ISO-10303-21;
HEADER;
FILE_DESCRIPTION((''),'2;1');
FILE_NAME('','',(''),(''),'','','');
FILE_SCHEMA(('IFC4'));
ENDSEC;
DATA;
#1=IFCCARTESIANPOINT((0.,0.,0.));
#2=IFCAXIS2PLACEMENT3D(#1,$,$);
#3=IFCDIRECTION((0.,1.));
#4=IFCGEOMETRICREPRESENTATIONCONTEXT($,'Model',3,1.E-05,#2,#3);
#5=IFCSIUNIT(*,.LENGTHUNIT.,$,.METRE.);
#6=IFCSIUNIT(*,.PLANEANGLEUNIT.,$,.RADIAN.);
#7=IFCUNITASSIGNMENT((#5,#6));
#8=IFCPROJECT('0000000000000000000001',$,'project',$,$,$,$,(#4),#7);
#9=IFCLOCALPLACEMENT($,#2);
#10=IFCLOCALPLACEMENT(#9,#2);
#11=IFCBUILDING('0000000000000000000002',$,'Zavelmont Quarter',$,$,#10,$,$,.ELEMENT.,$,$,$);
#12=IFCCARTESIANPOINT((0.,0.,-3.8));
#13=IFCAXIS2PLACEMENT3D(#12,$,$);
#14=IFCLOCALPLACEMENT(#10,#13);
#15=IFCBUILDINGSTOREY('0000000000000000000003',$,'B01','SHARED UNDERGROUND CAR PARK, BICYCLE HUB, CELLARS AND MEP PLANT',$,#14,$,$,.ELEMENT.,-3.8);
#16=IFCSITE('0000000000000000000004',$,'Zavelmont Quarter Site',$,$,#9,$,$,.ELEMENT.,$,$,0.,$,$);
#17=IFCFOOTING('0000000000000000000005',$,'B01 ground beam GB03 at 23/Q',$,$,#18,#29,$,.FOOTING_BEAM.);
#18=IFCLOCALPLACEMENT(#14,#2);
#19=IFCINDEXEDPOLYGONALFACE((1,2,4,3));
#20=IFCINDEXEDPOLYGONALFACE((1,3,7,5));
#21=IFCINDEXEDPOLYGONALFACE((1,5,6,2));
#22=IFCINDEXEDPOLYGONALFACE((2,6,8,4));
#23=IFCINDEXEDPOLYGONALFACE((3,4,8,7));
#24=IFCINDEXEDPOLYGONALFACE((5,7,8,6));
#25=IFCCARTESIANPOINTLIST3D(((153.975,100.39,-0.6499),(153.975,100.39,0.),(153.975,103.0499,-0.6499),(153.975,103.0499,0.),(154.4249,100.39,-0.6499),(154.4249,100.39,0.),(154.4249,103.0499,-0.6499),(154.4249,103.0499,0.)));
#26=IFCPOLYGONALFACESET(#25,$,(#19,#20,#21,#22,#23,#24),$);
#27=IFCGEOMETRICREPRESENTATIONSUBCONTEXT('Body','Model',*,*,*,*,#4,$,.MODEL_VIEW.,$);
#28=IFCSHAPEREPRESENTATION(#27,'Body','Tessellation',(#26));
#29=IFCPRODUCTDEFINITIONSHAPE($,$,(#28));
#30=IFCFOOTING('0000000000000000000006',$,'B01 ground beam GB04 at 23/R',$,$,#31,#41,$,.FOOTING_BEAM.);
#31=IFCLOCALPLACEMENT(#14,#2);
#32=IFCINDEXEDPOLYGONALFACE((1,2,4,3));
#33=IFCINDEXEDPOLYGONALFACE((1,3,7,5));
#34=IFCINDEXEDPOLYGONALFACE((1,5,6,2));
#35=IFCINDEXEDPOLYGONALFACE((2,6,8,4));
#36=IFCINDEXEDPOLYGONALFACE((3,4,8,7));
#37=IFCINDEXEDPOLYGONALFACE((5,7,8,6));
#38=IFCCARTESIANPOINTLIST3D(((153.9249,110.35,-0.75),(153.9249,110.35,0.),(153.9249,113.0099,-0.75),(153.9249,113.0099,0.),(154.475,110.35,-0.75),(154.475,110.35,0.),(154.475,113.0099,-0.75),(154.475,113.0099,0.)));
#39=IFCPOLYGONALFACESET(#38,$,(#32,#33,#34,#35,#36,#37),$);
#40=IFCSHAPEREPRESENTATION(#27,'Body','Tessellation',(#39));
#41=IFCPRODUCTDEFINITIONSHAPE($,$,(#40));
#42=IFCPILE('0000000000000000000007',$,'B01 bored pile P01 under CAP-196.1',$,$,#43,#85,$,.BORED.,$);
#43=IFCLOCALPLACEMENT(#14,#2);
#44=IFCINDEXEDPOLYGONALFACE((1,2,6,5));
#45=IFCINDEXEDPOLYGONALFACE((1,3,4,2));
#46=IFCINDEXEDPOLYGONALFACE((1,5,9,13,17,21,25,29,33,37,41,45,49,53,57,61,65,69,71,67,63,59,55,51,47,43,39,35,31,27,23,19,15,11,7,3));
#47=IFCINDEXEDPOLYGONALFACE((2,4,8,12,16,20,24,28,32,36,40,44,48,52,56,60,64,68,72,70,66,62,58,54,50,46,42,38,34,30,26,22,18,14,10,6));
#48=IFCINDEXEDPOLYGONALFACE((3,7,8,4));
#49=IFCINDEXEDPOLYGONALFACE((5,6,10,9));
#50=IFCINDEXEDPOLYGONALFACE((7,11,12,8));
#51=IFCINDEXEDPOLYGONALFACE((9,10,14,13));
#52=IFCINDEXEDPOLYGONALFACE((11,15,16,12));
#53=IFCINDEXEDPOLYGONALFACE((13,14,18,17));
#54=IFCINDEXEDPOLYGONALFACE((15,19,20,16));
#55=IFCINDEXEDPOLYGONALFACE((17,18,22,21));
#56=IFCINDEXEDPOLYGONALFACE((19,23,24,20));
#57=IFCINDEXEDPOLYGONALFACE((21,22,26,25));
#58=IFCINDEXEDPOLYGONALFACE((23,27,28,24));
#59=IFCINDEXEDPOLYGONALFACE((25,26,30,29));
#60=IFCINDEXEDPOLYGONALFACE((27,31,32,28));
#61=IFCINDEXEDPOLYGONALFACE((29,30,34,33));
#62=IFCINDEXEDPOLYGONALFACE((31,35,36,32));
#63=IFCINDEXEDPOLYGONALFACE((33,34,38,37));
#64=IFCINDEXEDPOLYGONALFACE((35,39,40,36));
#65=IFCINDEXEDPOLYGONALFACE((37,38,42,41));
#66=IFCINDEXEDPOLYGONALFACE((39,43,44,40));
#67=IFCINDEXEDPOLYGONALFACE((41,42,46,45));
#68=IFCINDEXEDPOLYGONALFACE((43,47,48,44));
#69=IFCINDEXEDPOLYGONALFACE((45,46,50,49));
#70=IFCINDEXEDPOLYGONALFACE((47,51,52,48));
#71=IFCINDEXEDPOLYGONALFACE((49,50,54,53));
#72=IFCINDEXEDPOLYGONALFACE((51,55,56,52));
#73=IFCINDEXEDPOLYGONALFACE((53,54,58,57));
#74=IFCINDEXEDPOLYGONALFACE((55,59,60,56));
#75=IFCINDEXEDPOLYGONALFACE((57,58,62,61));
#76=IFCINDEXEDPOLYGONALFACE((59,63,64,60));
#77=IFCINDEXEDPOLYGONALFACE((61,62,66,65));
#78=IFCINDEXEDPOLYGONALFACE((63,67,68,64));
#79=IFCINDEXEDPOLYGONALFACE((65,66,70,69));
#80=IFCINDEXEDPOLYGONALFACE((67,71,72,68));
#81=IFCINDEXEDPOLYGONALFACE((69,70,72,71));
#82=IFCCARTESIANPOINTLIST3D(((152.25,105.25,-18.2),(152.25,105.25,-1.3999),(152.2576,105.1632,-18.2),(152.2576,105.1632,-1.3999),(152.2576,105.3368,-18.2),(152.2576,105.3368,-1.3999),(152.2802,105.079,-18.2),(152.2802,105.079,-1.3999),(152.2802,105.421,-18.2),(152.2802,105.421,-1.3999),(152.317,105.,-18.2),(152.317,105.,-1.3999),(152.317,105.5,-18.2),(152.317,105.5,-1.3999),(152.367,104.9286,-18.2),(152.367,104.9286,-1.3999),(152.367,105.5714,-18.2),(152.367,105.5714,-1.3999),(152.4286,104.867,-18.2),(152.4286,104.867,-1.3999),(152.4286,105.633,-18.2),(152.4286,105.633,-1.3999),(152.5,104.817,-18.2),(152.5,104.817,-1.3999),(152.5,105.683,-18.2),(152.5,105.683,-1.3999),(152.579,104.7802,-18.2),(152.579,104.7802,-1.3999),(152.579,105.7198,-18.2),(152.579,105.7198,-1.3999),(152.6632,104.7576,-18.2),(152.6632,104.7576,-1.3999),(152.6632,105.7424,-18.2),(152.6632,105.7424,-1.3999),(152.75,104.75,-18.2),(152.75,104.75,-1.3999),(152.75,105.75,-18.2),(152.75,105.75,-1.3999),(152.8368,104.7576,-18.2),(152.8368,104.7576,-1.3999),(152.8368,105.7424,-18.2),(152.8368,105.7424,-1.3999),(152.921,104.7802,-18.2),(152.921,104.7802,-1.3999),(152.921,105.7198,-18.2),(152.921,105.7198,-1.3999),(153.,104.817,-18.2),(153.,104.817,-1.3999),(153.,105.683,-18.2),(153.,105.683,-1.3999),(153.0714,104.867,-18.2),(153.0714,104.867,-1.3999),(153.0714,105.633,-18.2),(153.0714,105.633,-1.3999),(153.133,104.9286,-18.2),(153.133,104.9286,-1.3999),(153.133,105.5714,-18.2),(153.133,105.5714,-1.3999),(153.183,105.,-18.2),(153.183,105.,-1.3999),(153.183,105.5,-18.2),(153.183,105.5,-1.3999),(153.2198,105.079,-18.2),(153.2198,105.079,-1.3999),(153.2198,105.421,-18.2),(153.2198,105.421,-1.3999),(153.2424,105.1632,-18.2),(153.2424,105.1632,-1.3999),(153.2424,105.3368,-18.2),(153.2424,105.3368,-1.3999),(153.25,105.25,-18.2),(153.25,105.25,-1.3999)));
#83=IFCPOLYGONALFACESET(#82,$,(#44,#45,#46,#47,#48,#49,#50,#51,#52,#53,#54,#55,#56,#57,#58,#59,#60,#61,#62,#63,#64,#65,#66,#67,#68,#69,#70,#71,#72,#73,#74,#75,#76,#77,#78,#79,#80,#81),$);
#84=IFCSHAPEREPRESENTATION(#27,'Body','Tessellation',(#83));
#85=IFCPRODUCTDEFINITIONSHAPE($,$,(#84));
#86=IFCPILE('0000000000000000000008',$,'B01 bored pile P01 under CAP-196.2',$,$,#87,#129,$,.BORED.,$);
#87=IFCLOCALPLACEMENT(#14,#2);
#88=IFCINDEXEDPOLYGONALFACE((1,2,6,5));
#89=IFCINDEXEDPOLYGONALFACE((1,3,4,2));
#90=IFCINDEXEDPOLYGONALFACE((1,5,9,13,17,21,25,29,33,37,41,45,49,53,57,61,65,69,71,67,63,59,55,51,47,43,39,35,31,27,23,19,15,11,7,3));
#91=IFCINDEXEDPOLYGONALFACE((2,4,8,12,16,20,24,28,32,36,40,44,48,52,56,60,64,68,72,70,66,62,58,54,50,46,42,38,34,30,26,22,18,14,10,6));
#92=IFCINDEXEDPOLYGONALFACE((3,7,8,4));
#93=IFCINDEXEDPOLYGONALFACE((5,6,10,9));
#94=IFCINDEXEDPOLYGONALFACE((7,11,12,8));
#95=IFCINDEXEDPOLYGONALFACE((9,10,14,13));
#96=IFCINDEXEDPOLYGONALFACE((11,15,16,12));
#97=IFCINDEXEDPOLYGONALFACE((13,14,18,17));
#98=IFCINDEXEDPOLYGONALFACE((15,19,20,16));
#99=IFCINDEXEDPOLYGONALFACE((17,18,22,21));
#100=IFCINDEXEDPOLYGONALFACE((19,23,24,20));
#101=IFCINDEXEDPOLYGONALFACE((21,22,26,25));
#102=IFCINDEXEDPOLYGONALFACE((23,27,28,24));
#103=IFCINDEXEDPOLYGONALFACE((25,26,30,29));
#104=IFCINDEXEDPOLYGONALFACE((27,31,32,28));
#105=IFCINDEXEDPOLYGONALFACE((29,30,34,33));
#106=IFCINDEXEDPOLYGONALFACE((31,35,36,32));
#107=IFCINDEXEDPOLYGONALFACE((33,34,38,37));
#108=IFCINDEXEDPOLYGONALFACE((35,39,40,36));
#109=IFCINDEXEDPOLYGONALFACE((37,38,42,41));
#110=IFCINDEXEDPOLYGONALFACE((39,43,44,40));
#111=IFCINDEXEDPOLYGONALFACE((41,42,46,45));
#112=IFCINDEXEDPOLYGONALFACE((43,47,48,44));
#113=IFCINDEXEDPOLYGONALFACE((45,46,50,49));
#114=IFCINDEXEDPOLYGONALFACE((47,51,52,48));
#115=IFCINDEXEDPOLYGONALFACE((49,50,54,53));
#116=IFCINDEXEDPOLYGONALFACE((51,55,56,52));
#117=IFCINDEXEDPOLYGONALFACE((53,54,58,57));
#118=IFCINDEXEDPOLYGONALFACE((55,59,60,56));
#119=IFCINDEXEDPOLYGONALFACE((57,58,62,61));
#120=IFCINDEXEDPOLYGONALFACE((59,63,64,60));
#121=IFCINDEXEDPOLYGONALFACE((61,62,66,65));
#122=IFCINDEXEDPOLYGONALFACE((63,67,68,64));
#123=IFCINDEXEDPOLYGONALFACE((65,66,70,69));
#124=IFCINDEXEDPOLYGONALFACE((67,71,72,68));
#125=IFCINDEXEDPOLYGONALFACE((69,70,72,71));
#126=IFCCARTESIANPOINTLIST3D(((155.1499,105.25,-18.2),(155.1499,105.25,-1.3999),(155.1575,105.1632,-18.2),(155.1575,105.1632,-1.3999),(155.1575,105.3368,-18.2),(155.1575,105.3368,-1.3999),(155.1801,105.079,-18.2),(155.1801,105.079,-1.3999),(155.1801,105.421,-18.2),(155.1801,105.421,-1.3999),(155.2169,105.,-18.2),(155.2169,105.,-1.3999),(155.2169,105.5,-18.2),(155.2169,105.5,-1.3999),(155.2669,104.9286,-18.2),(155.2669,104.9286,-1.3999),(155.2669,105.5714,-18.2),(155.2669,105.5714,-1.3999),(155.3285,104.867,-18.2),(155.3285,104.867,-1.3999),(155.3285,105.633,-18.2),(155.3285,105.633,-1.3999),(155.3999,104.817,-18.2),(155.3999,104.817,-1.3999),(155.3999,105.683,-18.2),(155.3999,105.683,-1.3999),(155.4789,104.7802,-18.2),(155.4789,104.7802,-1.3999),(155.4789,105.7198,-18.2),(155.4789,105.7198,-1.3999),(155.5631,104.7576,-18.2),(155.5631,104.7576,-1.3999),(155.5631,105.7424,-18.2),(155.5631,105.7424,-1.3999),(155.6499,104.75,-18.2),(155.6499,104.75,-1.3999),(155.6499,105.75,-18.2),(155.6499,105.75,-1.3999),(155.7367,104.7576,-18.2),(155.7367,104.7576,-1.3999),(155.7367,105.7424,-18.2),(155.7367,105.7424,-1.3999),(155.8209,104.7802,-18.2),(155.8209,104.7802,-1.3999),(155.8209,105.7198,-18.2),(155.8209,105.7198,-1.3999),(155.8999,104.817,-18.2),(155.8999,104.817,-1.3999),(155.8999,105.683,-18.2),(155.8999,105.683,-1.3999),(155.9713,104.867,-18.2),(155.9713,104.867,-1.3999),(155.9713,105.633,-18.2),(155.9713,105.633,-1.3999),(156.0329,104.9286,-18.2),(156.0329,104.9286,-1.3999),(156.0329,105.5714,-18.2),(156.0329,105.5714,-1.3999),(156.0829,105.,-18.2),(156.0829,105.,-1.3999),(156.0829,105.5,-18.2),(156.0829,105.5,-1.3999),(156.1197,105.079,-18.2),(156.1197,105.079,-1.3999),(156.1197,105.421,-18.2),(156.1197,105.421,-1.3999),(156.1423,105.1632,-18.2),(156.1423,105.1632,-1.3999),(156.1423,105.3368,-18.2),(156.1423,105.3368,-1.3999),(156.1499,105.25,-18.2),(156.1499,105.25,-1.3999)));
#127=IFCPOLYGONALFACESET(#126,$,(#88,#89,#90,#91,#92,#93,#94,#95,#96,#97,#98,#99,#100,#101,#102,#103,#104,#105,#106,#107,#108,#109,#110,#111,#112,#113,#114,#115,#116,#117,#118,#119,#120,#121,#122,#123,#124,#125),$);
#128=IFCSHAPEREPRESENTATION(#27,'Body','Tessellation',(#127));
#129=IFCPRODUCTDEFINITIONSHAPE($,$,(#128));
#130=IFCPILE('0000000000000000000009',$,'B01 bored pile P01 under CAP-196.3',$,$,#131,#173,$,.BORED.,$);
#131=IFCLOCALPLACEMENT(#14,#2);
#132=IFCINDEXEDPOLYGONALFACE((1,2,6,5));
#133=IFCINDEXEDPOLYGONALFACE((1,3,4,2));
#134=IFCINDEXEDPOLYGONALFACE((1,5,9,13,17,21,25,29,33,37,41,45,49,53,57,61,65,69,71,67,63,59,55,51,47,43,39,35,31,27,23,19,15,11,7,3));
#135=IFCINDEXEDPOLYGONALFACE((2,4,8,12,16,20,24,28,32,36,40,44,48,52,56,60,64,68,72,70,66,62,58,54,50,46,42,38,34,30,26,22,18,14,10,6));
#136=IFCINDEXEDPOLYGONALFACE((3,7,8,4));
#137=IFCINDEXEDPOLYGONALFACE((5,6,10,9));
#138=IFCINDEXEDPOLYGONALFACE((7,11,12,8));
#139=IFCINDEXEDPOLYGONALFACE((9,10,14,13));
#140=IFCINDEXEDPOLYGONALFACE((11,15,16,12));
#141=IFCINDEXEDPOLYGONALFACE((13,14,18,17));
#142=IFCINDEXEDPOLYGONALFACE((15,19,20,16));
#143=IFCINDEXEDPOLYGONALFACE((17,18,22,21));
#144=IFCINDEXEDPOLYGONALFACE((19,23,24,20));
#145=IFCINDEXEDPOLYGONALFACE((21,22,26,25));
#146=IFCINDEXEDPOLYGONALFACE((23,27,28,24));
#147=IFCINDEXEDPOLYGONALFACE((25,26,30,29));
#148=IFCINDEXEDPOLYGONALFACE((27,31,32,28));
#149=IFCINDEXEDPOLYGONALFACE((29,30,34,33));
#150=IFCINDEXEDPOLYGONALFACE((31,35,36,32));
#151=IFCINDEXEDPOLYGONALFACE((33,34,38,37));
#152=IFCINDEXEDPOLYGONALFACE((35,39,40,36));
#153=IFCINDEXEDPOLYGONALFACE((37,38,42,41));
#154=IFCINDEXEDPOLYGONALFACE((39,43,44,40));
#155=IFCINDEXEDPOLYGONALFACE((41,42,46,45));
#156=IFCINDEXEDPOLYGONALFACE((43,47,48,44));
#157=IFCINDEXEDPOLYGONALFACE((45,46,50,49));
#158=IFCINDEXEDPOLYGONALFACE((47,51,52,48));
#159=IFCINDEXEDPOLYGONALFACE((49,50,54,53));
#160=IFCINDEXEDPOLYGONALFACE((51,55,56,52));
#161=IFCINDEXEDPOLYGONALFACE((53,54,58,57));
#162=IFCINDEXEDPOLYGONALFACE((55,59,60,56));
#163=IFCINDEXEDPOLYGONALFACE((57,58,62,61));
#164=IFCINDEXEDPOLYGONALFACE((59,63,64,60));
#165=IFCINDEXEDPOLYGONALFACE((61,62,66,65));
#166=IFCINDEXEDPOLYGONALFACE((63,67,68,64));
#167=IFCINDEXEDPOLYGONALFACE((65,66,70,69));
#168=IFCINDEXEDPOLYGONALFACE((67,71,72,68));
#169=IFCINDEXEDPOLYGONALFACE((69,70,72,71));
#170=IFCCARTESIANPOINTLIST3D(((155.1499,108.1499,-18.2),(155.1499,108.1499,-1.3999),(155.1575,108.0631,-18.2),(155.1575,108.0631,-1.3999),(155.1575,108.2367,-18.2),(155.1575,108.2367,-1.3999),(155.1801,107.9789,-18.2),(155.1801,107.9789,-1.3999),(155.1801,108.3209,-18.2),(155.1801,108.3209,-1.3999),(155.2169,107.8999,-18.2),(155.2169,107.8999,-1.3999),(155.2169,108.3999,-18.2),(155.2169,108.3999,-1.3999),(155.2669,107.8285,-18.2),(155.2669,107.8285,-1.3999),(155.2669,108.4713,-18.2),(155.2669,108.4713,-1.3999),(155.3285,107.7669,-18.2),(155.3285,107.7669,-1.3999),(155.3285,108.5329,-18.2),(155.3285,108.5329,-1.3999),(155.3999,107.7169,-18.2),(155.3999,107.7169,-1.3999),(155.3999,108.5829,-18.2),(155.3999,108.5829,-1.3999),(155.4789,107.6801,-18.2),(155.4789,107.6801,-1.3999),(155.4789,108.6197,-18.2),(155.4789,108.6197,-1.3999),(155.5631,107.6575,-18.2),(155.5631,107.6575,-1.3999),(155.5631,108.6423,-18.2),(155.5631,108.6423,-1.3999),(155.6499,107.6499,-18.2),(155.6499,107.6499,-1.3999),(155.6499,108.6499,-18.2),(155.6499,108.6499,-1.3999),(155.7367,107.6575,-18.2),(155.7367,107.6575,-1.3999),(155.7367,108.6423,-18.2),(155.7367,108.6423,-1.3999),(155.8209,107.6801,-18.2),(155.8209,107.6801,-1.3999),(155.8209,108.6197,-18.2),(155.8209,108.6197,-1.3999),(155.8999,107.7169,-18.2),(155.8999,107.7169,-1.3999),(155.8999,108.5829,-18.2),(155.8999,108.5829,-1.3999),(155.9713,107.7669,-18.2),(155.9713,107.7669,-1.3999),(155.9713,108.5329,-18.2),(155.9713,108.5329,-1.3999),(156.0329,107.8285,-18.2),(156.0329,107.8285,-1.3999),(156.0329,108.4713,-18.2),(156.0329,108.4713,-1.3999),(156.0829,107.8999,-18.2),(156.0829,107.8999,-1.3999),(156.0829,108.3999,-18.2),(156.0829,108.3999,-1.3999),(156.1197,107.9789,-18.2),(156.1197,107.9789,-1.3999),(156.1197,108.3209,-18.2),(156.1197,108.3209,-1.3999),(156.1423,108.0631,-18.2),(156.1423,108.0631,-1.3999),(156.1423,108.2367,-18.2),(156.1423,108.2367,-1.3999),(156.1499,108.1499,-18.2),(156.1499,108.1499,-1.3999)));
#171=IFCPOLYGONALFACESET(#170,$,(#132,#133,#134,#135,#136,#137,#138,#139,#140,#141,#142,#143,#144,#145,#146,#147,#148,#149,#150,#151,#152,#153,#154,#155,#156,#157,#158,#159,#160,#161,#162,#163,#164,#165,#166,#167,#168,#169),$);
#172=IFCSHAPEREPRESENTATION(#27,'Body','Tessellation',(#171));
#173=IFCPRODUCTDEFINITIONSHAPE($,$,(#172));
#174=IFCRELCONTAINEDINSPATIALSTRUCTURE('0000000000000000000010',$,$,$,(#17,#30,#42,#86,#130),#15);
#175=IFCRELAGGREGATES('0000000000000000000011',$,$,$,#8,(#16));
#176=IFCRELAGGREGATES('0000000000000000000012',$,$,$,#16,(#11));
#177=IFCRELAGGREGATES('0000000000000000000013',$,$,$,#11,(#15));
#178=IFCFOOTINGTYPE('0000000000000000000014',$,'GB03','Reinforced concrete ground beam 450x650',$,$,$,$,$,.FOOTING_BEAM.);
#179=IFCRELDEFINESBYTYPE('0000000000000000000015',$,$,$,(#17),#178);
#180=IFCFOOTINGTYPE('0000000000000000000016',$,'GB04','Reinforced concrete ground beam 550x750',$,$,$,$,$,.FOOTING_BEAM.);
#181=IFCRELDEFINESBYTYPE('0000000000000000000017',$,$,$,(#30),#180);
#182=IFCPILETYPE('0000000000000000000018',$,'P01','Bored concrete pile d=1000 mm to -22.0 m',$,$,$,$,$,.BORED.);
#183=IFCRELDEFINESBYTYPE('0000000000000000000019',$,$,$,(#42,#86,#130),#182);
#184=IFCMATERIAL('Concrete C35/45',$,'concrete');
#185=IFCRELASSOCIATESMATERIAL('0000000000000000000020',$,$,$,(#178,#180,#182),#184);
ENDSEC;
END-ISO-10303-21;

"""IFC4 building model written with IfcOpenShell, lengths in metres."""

from ifc_helpers import new_model, si_unit, direction, frame, origin, origin_2d, place, context, subcontext, project, spatial, rectangle, circle, extrude, material, material_profile, profile_set, type_object, element, save


model = new_model("IFC4")

# Units and contexts
model_context = context("Model", 3, precision=1e-05, world=origin(), true_north=direction((0.0, 1.0)))
body_context = subcontext(model_context, "Body", "Model", "MODEL_VIEW")
ifc_project = project(units=[si_unit("LENGTHUNIT", "METRE"), si_unit("PLANEANGLEUNIT", "RADIAN")], contexts=[model_context])

# Site, building, storey
site_placement = place(None, origin())
site = spatial("IfcSite", under=ifc_project, at=site_placement, Name="Zavelmont Quarter Site", CompositionType="ELEMENT", RefElevation=0.0)
building_placement = place(site_placement, origin())
building = spatial("IfcBuilding", under=site, at=building_placement, Name="Zavelmont Quarter", CompositionType="ELEMENT")
storey_placement = place(building_placement, frame((0.0, 0.0, -3.8)))
storey = spatial("IfcBuildingStorey", under=building, at=storey_placement, Name="B01", Description="SHARED UNDERGROUND CAR PARK, BICYCLE HUB, CELLARS AND MEP PLANT", CompositionType="ELEMENT", Elevation=-3.8)

# Footings
ifc_material_1 = material(Name="Concrete C35/45", Category="concrete")
footing_type_1 = type_object("IfcFootingType", Name="GB03", Description="Reinforced concrete ground beam 450x650", PredefinedType="FOOTING_BEAM", material=ifc_material_1)
footing_1_placement = place(storey_placement, frame((154.2, 101.72, -0.6499), z_axis=(0.0, 0.0, 1.0), x_axis=(0.0, 1.0, 0.0)))
element("IfcFooting", 1, at=footing_1_placement, inside=storey, type_object=footing_type_1, Name="B01 ground beam GB03 at 23/Q", PredefinedType="FOOTING_BEAM", context=body_context, shape_type="SweptSolid", body=[
    extrude(rectangle(XDim=2.6599, YDim=0.45, at=origin_2d()), origin(), (0.0, 0.0, 1.0), 0.6499),
])
footing_type_2 = type_object("IfcFootingType", Name="GB04", Description="Reinforced concrete ground beam 550x750", PredefinedType="FOOTING_BEAM", material=ifc_material_1)
footing_2_placement = place(storey_placement, frame((154.2, 111.6799, -0.75), z_axis=(0.0, 0.0, 1.0), x_axis=(0.0, 1.0, 0.0)))
element("IfcFooting", 2, at=footing_2_placement, inside=storey, type_object=footing_type_2, Name="B01 ground beam GB04 at 23/R", PredefinedType="FOOTING_BEAM", context=body_context, shape_type="SweptSolid", body=[
    extrude(rectangle(XDim=2.6599, YDim=0.55, at=origin_2d()), origin(), (0.0, 0.0, 1.0), 0.75),
])

# Piles
ifc_material_profile_1 = material_profile(ifc_material_1, circle(Radius=0.5, at=origin_2d()), Name="BP1000")
ifc_profile_set_1 = profile_set([ifc_material_profile_1], Name="Concrete C35/45")
pile_type = type_object("IfcPileType", Name="P01", Description="Bored concrete pile d=1000 mm to -22.0 m", PredefinedType="BORED", material=ifc_profile_set_1)
for number, where, z_axis, x_axis, name in (
    (3, (152.75, 105.25, -1.3999), (0.0, 0.0, -1.0), (1.0, 0.0, 0.0), "B01 bored pile P01 under CAP-196.1"),
    (4, (155.6499, 105.25, -1.3999), (0.0, 0.0, -1.0), (1.0, 0.0, 0.0), "B01 bored pile P01 under CAP-196.2"),
    (5, (155.6499, 108.1499, -1.3999), (0.0, 0.0, -1.0), (1.0, 0.0, 0.0), "B01 bored pile P01 under CAP-196.3"),
):
    element("IfcPile", number, at=place(storey_placement, frame(where, z_axis=z_axis, x_axis=x_axis)), inside=storey, type_object=pile_type, Name=name, PredefinedType="BORED", context=body_context, shape_type="SweptSolid", body=[
        extrude(circle(Radius=0.5, at=origin_2d()), origin(), (0.0, 0.0, 1.0), 16.8),
    ])

save(model, "model.ifc")
